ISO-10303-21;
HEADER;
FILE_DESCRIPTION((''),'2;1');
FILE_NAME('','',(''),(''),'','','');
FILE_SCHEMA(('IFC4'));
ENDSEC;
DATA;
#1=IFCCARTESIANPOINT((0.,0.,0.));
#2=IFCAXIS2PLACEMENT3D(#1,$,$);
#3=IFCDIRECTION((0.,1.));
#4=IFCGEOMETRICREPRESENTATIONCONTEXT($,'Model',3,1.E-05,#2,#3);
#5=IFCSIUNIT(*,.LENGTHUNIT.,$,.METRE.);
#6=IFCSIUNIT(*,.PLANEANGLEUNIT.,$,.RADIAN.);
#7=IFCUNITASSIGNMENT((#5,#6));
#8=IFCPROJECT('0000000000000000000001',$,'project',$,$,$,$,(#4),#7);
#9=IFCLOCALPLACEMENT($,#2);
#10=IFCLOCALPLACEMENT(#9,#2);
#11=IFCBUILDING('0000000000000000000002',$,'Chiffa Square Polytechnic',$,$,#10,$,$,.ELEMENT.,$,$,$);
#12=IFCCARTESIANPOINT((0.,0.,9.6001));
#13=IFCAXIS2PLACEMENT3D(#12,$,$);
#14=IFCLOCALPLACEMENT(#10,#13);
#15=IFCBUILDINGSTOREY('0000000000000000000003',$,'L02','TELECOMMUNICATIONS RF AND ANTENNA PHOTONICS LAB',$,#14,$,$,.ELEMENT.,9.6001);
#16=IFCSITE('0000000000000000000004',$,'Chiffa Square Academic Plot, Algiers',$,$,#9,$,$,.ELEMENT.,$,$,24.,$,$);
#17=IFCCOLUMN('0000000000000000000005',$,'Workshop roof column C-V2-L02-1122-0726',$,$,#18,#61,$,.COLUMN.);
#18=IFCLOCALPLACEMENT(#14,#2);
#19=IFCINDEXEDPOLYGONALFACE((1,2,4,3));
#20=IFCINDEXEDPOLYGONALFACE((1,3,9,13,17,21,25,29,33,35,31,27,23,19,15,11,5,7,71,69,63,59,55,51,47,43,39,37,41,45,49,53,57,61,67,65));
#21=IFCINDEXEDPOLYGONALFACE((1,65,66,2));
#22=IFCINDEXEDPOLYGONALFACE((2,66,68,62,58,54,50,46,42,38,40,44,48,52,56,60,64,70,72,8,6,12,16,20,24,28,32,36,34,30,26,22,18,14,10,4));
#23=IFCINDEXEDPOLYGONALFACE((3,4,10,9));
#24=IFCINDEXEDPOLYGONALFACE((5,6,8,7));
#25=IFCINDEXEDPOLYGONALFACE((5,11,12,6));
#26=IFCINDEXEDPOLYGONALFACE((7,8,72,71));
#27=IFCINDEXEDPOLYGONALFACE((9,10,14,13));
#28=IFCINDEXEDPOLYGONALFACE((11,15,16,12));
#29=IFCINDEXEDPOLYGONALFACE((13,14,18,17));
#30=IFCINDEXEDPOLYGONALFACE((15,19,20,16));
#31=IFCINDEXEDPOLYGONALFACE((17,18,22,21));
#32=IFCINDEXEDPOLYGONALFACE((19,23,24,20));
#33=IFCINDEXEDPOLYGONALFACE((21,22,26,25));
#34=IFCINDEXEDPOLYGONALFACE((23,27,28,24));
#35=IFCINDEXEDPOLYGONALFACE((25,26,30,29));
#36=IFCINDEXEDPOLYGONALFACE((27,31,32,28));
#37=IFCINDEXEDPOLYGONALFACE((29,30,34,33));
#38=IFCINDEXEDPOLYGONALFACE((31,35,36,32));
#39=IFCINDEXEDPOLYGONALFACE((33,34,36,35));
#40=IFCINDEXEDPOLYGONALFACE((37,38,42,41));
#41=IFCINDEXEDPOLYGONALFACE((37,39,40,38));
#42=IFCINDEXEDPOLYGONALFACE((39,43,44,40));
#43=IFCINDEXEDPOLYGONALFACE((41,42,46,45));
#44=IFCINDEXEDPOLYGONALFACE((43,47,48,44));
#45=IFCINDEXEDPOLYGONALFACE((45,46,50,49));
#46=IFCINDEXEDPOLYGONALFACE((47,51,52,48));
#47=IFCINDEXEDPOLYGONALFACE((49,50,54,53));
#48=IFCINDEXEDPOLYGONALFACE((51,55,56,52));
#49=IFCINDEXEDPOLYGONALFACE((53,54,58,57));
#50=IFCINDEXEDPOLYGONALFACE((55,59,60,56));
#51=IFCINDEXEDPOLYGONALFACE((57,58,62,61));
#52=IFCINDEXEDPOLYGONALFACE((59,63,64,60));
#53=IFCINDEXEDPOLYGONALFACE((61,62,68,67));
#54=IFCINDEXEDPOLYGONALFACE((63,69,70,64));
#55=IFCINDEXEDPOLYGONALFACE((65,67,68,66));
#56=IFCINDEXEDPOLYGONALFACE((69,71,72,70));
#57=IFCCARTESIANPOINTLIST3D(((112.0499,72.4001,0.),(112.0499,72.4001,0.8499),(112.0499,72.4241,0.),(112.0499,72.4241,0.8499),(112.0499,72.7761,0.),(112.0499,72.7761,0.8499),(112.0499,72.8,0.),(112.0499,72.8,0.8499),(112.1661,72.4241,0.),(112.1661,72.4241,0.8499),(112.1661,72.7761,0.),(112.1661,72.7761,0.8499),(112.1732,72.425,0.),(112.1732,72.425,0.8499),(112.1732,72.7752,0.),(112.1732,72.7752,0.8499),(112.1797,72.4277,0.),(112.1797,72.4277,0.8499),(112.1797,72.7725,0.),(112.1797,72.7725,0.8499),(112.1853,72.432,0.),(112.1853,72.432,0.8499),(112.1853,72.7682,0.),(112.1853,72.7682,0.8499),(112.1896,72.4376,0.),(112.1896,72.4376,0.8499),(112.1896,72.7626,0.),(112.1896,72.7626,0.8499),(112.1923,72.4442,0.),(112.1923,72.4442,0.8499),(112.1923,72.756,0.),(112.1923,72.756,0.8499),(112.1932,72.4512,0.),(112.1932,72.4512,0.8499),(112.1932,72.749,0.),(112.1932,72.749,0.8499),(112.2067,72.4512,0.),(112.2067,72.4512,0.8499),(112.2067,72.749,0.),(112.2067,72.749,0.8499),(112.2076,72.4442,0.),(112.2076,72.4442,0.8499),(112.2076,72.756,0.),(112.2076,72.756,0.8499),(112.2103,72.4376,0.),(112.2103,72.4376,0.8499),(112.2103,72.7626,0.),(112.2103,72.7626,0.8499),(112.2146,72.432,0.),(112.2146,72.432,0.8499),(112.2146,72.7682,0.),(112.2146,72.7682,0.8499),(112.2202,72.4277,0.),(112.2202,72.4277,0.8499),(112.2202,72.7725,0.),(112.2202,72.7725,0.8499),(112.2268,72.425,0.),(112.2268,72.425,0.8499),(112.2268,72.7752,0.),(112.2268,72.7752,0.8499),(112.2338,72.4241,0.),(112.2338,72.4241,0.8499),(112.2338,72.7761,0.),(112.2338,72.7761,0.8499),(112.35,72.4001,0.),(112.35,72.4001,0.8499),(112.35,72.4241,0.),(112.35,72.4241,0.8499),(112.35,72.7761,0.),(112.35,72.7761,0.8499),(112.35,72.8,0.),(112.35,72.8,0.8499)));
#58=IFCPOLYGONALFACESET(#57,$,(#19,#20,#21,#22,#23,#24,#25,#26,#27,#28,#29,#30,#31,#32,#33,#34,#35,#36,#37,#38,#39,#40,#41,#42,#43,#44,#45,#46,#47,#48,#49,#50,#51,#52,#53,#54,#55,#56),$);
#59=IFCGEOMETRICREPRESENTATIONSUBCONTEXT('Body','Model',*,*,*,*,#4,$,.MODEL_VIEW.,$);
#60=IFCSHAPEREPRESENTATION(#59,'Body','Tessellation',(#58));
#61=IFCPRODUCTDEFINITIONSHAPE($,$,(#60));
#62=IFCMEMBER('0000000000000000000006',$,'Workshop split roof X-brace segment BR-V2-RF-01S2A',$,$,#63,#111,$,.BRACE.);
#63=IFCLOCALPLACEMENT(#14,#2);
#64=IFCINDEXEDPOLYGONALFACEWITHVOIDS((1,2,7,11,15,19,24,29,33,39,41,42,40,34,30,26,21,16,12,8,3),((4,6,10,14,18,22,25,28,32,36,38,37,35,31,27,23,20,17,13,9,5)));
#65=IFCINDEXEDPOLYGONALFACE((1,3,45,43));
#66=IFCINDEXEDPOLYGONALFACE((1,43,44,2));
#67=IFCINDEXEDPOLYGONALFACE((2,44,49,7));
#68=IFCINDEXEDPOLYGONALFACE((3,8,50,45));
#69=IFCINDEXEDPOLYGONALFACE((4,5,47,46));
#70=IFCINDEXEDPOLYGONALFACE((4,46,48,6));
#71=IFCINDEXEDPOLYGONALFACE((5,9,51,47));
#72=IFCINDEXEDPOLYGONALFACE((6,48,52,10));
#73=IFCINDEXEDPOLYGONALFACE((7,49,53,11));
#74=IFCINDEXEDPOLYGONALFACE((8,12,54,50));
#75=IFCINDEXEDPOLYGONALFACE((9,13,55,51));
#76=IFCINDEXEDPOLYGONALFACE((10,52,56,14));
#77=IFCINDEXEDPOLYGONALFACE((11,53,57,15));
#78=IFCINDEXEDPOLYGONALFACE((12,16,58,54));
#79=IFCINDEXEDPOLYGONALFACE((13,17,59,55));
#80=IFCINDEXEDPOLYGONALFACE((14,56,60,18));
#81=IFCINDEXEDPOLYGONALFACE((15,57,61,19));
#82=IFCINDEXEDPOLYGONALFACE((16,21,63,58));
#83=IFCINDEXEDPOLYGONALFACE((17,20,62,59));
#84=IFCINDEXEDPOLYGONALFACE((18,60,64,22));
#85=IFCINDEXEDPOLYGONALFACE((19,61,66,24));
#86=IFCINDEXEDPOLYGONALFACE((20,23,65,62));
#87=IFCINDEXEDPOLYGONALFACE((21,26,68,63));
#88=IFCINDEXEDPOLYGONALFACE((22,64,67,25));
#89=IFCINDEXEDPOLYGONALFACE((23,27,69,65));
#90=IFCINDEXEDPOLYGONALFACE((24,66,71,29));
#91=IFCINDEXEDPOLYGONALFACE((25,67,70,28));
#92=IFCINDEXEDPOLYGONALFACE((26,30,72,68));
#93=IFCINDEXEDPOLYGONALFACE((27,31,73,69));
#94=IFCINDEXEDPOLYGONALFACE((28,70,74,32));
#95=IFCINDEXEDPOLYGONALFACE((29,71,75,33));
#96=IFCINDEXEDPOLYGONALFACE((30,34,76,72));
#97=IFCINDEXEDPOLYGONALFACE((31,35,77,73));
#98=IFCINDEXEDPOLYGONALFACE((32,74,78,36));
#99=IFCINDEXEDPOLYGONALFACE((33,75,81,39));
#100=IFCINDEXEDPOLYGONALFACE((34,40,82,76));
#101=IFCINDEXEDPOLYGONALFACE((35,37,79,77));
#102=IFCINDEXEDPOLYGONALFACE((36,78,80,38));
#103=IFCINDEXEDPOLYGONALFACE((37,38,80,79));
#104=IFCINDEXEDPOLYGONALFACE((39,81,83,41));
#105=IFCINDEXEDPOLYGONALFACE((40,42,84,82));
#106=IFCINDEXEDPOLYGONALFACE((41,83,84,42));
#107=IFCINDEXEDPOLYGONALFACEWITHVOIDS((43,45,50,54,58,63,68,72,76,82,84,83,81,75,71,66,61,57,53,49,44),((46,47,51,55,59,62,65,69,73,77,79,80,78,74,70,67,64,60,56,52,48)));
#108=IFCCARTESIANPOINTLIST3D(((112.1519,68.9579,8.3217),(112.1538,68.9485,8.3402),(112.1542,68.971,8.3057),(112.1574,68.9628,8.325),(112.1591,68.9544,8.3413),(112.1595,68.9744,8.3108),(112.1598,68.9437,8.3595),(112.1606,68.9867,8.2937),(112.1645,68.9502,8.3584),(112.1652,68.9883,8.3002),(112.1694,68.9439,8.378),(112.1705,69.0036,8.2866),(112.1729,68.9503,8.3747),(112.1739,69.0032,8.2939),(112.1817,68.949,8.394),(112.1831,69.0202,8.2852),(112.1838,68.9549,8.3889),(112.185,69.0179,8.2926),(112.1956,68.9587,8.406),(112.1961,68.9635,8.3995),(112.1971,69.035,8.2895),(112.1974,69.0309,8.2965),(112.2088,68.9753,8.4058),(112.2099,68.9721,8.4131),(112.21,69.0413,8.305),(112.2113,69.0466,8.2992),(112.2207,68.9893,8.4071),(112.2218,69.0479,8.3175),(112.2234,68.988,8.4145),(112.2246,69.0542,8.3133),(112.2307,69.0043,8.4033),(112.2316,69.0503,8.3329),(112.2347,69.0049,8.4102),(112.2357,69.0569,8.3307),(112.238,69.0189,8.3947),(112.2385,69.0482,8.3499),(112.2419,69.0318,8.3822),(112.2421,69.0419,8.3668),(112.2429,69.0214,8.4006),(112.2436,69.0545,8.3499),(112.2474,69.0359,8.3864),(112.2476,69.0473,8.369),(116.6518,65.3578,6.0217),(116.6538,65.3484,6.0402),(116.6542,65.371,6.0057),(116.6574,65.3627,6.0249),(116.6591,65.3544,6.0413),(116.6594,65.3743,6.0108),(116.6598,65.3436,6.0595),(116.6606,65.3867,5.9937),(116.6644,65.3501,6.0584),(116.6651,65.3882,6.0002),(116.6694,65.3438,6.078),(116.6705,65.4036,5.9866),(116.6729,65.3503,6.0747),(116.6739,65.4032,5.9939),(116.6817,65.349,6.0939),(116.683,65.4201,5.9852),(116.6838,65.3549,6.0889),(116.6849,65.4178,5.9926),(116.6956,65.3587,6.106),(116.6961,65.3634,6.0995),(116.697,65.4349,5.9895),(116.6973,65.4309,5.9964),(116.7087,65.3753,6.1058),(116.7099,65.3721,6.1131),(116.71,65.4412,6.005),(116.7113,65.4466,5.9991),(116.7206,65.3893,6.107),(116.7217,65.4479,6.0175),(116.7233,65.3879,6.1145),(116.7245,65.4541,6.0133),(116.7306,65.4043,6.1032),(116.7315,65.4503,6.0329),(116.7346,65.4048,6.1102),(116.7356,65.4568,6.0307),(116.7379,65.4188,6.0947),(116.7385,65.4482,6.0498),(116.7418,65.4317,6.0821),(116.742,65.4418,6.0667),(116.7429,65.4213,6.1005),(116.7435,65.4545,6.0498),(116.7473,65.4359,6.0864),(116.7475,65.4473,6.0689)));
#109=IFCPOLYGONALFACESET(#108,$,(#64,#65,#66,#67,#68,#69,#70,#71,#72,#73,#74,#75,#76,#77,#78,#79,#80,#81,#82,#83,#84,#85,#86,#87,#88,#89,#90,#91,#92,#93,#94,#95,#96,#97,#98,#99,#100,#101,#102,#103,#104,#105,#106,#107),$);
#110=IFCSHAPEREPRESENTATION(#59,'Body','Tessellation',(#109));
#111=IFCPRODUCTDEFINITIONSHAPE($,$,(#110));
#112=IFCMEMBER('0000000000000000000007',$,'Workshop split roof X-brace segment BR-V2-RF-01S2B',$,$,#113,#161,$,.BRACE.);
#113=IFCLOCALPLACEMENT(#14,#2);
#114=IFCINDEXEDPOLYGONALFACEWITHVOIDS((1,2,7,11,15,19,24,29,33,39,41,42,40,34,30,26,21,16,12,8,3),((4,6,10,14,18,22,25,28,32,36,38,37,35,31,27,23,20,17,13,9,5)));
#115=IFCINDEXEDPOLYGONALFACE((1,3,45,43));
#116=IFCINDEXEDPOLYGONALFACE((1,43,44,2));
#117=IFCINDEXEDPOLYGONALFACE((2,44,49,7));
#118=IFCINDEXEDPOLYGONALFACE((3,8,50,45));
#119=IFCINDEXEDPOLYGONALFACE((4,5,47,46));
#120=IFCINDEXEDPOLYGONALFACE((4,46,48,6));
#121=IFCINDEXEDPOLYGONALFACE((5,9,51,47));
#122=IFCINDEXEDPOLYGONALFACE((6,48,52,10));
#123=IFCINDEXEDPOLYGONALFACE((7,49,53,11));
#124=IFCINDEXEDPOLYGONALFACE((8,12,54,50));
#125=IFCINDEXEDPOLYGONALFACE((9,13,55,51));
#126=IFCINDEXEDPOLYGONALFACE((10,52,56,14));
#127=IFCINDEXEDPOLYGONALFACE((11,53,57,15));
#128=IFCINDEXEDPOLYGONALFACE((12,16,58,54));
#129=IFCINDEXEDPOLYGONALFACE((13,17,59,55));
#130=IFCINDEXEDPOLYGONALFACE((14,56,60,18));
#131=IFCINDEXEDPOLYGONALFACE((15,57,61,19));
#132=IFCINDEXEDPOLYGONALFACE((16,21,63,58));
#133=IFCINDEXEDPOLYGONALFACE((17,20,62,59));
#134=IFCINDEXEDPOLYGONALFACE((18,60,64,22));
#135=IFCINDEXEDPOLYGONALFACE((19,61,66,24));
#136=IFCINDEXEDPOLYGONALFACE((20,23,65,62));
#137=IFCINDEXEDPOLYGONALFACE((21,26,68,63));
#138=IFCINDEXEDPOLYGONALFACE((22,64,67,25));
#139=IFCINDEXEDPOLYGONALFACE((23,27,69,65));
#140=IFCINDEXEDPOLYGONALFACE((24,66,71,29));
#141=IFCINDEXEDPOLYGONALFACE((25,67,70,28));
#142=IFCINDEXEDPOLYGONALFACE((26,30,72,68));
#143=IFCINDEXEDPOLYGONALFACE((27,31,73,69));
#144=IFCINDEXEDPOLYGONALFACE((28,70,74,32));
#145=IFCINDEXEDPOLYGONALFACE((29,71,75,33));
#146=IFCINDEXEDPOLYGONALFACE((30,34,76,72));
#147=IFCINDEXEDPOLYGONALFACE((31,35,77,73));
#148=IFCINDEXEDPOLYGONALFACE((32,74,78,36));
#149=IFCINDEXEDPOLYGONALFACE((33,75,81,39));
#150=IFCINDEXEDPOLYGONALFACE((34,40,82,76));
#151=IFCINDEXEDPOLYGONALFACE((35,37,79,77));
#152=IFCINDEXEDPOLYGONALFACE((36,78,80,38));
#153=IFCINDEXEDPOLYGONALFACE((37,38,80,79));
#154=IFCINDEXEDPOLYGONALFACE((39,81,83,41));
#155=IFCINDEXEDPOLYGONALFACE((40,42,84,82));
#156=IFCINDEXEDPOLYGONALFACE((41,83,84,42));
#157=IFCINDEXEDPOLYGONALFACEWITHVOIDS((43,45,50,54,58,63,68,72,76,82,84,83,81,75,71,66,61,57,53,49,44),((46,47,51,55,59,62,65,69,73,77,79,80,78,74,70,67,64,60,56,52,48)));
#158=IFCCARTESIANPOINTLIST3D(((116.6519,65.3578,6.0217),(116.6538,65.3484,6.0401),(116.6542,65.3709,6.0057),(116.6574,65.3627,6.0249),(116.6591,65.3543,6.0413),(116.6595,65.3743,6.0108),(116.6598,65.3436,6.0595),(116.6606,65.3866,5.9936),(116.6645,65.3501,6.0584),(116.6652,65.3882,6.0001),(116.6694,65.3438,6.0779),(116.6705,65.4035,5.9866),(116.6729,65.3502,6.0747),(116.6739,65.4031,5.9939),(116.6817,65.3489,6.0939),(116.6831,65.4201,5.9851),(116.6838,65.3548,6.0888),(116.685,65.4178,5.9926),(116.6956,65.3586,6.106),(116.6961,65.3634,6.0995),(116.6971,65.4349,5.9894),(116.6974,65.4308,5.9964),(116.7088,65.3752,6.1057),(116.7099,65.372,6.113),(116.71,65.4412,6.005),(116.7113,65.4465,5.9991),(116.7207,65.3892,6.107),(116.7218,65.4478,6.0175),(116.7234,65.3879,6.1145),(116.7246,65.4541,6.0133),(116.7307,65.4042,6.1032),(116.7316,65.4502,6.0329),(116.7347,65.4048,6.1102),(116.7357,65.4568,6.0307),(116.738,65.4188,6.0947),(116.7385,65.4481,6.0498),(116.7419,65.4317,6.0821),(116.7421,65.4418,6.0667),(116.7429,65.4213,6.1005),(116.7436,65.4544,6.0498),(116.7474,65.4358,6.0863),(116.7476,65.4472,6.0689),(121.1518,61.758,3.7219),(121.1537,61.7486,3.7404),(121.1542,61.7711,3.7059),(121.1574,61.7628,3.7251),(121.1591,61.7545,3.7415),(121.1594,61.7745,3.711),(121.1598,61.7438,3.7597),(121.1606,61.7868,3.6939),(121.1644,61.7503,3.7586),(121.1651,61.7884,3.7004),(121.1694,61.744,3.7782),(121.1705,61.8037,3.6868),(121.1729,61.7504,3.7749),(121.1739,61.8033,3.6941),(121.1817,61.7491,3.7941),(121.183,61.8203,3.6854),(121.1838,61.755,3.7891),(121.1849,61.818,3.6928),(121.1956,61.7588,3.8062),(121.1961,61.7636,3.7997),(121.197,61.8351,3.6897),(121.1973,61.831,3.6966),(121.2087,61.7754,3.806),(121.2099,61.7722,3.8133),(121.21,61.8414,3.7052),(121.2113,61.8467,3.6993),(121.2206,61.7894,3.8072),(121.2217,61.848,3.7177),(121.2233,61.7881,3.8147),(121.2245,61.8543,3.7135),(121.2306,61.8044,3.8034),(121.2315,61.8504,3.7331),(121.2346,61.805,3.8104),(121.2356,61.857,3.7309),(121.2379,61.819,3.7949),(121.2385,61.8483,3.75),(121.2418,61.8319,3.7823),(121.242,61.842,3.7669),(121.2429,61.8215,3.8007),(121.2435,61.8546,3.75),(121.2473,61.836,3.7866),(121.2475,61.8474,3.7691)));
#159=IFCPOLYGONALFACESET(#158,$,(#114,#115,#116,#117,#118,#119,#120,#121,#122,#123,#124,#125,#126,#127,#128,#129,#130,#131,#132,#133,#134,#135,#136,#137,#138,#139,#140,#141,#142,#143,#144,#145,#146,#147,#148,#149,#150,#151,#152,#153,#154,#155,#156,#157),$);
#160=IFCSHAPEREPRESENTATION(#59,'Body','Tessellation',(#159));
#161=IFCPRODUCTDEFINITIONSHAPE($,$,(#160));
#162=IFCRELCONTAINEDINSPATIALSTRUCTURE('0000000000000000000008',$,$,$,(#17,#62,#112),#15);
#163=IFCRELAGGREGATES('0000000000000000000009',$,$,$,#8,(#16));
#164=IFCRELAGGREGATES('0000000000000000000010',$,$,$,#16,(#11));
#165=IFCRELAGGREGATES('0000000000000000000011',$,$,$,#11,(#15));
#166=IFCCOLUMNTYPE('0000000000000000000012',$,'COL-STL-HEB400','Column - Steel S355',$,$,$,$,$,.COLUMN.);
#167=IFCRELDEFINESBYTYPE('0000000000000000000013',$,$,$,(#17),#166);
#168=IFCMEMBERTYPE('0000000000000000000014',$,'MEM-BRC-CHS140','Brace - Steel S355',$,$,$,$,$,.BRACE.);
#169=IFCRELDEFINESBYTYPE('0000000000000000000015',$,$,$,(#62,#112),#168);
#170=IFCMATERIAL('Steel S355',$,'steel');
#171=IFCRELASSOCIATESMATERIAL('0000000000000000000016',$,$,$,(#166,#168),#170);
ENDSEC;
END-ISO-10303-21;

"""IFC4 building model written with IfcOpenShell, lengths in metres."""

from ifc_helpers import new_model, si_unit, direction, frame, origin, origin_2d, place, context, subcontext, project, spatial, hollow_circle, i_section, extrude, material, material_profile, profile_set, type_object, element, save


model = new_model("IFC4")

# Units and contexts
model_context = context("Model", 3, precision=1e-05, world=origin(), true_north=direction((0.0, 1.0)))
body_context = subcontext(model_context, "Body", "Model", "MODEL_VIEW")
ifc_project = project(units=[si_unit("LENGTHUNIT", "METRE"), si_unit("PLANEANGLEUNIT", "RADIAN")], contexts=[model_context])

# Site, building, storey
site_placement = place(None, origin())
site = spatial("IfcSite", under=ifc_project, at=site_placement, Name="Chiffa Square Academic Plot, Algiers", CompositionType="ELEMENT", RefElevation=24.0)
building_placement = place(site_placement, origin())
building = spatial("IfcBuilding", under=site, at=building_placement, Name="Chiffa Square Polytechnic", CompositionType="ELEMENT")
storey_placement = place(building_placement, frame((0.0, 0.0, 9.6001)))
storey = spatial("IfcBuildingStorey", under=building, at=storey_placement, Name="L02", Description="TELECOMMUNICATIONS RF AND ANTENNA PHOTONICS LAB", CompositionType="ELEMENT", Elevation=9.6001)

# Column
ifc_material_1 = material(Name="Steel S355", Category="steel")
ifc_material_profile_1 = material_profile(ifc_material_1, i_section(OverallWidth=0.3, OverallDepth=0.3999, WebThickness=0.0134, FlangeThickness=0.0239, FilletRadius=0.0271, at=origin_2d()), Name="HEB 400")
ifc_profile_set_1 = profile_set([ifc_material_profile_1], Name="Steel S355")
column_type = type_object("IfcColumnType", Name="COL-STL-HEB400", Description="Column - Steel S355", PredefinedType="COLUMN", material=ifc_profile_set_1)
column_placement = place(storey_placement, frame((112.2, 72.6001, 0.0), z_axis=(0.0, 0.0, 1.0), x_axis=(1.0, 0.0, 0.0)))
element("IfcColumn", 1, at=column_placement, inside=storey, type_object=column_type, Name="Workshop roof column C-V2-L02-1122-0726", PredefinedType="COLUMN", context=body_context, shape_type="SweptSolid", body=[
    extrude(i_section(OverallWidth=0.3, OverallDepth=0.3999, WebThickness=0.0134, FlangeThickness=0.0239, FilletRadius=0.0271, at=origin_2d()), origin(), (0.0, 0.0, 1.0), 0.8499),
])

# Members
ifc_material_profile_2 = material_profile(ifc_material_1, hollow_circle(Radius=0.0698, WallThickness=0.0081, at=origin_2d()), Name="CHS 139.7x8")
ifc_profile_set_2 = profile_set([ifc_material_profile_2], Name="Steel S355")
member_type_1 = type_object("IfcMemberType", Name="MEM-BRC-CHS140", Description="Brace - Steel S355", PredefinedType="BRACE", material=ifc_profile_set_2)
member_1_placement = place(storey_placement, frame((112.2, 69.0, 8.3499), z_axis=(0.725232, -0.580201, -0.370682), x_axis=(0.624705, 0.780861, 0.0)))
element("IfcMember", 2, at=member_1_placement, inside=storey, type_object=member_type_1, Name="Workshop split roof X-brace segment BR-V2-RF-01S2A", PredefinedType="BRACE", context=body_context, shape_type="SweptSolid", body=[
    extrude(hollow_circle(Radius=0.0698, WallThickness=0.0081, at=origin_2d()), origin(), (0.0, 0.0, 1.0), 6.2048),
])
member_2_placement = place(storey_placement, frame((116.7, 65.3999, 6.0498), z_axis=(0.725259, -0.580184, -0.370656), x_axis=(0.62468, 0.780881, 0.0)))
element("IfcMember", 3, at=member_2_placement, inside=storey, type_object=member_type_1, Name="Workshop split roof X-brace segment BR-V2-RF-01S2B", PredefinedType="BRACE", context=body_context, shape_type="SweptSolid", body=[
    extrude(hollow_circle(Radius=0.0698, WallThickness=0.0081, at=origin_2d()), origin(), (0.0, 0.0, 1.0), 6.2046),
])

save(model, "model.ifc")
